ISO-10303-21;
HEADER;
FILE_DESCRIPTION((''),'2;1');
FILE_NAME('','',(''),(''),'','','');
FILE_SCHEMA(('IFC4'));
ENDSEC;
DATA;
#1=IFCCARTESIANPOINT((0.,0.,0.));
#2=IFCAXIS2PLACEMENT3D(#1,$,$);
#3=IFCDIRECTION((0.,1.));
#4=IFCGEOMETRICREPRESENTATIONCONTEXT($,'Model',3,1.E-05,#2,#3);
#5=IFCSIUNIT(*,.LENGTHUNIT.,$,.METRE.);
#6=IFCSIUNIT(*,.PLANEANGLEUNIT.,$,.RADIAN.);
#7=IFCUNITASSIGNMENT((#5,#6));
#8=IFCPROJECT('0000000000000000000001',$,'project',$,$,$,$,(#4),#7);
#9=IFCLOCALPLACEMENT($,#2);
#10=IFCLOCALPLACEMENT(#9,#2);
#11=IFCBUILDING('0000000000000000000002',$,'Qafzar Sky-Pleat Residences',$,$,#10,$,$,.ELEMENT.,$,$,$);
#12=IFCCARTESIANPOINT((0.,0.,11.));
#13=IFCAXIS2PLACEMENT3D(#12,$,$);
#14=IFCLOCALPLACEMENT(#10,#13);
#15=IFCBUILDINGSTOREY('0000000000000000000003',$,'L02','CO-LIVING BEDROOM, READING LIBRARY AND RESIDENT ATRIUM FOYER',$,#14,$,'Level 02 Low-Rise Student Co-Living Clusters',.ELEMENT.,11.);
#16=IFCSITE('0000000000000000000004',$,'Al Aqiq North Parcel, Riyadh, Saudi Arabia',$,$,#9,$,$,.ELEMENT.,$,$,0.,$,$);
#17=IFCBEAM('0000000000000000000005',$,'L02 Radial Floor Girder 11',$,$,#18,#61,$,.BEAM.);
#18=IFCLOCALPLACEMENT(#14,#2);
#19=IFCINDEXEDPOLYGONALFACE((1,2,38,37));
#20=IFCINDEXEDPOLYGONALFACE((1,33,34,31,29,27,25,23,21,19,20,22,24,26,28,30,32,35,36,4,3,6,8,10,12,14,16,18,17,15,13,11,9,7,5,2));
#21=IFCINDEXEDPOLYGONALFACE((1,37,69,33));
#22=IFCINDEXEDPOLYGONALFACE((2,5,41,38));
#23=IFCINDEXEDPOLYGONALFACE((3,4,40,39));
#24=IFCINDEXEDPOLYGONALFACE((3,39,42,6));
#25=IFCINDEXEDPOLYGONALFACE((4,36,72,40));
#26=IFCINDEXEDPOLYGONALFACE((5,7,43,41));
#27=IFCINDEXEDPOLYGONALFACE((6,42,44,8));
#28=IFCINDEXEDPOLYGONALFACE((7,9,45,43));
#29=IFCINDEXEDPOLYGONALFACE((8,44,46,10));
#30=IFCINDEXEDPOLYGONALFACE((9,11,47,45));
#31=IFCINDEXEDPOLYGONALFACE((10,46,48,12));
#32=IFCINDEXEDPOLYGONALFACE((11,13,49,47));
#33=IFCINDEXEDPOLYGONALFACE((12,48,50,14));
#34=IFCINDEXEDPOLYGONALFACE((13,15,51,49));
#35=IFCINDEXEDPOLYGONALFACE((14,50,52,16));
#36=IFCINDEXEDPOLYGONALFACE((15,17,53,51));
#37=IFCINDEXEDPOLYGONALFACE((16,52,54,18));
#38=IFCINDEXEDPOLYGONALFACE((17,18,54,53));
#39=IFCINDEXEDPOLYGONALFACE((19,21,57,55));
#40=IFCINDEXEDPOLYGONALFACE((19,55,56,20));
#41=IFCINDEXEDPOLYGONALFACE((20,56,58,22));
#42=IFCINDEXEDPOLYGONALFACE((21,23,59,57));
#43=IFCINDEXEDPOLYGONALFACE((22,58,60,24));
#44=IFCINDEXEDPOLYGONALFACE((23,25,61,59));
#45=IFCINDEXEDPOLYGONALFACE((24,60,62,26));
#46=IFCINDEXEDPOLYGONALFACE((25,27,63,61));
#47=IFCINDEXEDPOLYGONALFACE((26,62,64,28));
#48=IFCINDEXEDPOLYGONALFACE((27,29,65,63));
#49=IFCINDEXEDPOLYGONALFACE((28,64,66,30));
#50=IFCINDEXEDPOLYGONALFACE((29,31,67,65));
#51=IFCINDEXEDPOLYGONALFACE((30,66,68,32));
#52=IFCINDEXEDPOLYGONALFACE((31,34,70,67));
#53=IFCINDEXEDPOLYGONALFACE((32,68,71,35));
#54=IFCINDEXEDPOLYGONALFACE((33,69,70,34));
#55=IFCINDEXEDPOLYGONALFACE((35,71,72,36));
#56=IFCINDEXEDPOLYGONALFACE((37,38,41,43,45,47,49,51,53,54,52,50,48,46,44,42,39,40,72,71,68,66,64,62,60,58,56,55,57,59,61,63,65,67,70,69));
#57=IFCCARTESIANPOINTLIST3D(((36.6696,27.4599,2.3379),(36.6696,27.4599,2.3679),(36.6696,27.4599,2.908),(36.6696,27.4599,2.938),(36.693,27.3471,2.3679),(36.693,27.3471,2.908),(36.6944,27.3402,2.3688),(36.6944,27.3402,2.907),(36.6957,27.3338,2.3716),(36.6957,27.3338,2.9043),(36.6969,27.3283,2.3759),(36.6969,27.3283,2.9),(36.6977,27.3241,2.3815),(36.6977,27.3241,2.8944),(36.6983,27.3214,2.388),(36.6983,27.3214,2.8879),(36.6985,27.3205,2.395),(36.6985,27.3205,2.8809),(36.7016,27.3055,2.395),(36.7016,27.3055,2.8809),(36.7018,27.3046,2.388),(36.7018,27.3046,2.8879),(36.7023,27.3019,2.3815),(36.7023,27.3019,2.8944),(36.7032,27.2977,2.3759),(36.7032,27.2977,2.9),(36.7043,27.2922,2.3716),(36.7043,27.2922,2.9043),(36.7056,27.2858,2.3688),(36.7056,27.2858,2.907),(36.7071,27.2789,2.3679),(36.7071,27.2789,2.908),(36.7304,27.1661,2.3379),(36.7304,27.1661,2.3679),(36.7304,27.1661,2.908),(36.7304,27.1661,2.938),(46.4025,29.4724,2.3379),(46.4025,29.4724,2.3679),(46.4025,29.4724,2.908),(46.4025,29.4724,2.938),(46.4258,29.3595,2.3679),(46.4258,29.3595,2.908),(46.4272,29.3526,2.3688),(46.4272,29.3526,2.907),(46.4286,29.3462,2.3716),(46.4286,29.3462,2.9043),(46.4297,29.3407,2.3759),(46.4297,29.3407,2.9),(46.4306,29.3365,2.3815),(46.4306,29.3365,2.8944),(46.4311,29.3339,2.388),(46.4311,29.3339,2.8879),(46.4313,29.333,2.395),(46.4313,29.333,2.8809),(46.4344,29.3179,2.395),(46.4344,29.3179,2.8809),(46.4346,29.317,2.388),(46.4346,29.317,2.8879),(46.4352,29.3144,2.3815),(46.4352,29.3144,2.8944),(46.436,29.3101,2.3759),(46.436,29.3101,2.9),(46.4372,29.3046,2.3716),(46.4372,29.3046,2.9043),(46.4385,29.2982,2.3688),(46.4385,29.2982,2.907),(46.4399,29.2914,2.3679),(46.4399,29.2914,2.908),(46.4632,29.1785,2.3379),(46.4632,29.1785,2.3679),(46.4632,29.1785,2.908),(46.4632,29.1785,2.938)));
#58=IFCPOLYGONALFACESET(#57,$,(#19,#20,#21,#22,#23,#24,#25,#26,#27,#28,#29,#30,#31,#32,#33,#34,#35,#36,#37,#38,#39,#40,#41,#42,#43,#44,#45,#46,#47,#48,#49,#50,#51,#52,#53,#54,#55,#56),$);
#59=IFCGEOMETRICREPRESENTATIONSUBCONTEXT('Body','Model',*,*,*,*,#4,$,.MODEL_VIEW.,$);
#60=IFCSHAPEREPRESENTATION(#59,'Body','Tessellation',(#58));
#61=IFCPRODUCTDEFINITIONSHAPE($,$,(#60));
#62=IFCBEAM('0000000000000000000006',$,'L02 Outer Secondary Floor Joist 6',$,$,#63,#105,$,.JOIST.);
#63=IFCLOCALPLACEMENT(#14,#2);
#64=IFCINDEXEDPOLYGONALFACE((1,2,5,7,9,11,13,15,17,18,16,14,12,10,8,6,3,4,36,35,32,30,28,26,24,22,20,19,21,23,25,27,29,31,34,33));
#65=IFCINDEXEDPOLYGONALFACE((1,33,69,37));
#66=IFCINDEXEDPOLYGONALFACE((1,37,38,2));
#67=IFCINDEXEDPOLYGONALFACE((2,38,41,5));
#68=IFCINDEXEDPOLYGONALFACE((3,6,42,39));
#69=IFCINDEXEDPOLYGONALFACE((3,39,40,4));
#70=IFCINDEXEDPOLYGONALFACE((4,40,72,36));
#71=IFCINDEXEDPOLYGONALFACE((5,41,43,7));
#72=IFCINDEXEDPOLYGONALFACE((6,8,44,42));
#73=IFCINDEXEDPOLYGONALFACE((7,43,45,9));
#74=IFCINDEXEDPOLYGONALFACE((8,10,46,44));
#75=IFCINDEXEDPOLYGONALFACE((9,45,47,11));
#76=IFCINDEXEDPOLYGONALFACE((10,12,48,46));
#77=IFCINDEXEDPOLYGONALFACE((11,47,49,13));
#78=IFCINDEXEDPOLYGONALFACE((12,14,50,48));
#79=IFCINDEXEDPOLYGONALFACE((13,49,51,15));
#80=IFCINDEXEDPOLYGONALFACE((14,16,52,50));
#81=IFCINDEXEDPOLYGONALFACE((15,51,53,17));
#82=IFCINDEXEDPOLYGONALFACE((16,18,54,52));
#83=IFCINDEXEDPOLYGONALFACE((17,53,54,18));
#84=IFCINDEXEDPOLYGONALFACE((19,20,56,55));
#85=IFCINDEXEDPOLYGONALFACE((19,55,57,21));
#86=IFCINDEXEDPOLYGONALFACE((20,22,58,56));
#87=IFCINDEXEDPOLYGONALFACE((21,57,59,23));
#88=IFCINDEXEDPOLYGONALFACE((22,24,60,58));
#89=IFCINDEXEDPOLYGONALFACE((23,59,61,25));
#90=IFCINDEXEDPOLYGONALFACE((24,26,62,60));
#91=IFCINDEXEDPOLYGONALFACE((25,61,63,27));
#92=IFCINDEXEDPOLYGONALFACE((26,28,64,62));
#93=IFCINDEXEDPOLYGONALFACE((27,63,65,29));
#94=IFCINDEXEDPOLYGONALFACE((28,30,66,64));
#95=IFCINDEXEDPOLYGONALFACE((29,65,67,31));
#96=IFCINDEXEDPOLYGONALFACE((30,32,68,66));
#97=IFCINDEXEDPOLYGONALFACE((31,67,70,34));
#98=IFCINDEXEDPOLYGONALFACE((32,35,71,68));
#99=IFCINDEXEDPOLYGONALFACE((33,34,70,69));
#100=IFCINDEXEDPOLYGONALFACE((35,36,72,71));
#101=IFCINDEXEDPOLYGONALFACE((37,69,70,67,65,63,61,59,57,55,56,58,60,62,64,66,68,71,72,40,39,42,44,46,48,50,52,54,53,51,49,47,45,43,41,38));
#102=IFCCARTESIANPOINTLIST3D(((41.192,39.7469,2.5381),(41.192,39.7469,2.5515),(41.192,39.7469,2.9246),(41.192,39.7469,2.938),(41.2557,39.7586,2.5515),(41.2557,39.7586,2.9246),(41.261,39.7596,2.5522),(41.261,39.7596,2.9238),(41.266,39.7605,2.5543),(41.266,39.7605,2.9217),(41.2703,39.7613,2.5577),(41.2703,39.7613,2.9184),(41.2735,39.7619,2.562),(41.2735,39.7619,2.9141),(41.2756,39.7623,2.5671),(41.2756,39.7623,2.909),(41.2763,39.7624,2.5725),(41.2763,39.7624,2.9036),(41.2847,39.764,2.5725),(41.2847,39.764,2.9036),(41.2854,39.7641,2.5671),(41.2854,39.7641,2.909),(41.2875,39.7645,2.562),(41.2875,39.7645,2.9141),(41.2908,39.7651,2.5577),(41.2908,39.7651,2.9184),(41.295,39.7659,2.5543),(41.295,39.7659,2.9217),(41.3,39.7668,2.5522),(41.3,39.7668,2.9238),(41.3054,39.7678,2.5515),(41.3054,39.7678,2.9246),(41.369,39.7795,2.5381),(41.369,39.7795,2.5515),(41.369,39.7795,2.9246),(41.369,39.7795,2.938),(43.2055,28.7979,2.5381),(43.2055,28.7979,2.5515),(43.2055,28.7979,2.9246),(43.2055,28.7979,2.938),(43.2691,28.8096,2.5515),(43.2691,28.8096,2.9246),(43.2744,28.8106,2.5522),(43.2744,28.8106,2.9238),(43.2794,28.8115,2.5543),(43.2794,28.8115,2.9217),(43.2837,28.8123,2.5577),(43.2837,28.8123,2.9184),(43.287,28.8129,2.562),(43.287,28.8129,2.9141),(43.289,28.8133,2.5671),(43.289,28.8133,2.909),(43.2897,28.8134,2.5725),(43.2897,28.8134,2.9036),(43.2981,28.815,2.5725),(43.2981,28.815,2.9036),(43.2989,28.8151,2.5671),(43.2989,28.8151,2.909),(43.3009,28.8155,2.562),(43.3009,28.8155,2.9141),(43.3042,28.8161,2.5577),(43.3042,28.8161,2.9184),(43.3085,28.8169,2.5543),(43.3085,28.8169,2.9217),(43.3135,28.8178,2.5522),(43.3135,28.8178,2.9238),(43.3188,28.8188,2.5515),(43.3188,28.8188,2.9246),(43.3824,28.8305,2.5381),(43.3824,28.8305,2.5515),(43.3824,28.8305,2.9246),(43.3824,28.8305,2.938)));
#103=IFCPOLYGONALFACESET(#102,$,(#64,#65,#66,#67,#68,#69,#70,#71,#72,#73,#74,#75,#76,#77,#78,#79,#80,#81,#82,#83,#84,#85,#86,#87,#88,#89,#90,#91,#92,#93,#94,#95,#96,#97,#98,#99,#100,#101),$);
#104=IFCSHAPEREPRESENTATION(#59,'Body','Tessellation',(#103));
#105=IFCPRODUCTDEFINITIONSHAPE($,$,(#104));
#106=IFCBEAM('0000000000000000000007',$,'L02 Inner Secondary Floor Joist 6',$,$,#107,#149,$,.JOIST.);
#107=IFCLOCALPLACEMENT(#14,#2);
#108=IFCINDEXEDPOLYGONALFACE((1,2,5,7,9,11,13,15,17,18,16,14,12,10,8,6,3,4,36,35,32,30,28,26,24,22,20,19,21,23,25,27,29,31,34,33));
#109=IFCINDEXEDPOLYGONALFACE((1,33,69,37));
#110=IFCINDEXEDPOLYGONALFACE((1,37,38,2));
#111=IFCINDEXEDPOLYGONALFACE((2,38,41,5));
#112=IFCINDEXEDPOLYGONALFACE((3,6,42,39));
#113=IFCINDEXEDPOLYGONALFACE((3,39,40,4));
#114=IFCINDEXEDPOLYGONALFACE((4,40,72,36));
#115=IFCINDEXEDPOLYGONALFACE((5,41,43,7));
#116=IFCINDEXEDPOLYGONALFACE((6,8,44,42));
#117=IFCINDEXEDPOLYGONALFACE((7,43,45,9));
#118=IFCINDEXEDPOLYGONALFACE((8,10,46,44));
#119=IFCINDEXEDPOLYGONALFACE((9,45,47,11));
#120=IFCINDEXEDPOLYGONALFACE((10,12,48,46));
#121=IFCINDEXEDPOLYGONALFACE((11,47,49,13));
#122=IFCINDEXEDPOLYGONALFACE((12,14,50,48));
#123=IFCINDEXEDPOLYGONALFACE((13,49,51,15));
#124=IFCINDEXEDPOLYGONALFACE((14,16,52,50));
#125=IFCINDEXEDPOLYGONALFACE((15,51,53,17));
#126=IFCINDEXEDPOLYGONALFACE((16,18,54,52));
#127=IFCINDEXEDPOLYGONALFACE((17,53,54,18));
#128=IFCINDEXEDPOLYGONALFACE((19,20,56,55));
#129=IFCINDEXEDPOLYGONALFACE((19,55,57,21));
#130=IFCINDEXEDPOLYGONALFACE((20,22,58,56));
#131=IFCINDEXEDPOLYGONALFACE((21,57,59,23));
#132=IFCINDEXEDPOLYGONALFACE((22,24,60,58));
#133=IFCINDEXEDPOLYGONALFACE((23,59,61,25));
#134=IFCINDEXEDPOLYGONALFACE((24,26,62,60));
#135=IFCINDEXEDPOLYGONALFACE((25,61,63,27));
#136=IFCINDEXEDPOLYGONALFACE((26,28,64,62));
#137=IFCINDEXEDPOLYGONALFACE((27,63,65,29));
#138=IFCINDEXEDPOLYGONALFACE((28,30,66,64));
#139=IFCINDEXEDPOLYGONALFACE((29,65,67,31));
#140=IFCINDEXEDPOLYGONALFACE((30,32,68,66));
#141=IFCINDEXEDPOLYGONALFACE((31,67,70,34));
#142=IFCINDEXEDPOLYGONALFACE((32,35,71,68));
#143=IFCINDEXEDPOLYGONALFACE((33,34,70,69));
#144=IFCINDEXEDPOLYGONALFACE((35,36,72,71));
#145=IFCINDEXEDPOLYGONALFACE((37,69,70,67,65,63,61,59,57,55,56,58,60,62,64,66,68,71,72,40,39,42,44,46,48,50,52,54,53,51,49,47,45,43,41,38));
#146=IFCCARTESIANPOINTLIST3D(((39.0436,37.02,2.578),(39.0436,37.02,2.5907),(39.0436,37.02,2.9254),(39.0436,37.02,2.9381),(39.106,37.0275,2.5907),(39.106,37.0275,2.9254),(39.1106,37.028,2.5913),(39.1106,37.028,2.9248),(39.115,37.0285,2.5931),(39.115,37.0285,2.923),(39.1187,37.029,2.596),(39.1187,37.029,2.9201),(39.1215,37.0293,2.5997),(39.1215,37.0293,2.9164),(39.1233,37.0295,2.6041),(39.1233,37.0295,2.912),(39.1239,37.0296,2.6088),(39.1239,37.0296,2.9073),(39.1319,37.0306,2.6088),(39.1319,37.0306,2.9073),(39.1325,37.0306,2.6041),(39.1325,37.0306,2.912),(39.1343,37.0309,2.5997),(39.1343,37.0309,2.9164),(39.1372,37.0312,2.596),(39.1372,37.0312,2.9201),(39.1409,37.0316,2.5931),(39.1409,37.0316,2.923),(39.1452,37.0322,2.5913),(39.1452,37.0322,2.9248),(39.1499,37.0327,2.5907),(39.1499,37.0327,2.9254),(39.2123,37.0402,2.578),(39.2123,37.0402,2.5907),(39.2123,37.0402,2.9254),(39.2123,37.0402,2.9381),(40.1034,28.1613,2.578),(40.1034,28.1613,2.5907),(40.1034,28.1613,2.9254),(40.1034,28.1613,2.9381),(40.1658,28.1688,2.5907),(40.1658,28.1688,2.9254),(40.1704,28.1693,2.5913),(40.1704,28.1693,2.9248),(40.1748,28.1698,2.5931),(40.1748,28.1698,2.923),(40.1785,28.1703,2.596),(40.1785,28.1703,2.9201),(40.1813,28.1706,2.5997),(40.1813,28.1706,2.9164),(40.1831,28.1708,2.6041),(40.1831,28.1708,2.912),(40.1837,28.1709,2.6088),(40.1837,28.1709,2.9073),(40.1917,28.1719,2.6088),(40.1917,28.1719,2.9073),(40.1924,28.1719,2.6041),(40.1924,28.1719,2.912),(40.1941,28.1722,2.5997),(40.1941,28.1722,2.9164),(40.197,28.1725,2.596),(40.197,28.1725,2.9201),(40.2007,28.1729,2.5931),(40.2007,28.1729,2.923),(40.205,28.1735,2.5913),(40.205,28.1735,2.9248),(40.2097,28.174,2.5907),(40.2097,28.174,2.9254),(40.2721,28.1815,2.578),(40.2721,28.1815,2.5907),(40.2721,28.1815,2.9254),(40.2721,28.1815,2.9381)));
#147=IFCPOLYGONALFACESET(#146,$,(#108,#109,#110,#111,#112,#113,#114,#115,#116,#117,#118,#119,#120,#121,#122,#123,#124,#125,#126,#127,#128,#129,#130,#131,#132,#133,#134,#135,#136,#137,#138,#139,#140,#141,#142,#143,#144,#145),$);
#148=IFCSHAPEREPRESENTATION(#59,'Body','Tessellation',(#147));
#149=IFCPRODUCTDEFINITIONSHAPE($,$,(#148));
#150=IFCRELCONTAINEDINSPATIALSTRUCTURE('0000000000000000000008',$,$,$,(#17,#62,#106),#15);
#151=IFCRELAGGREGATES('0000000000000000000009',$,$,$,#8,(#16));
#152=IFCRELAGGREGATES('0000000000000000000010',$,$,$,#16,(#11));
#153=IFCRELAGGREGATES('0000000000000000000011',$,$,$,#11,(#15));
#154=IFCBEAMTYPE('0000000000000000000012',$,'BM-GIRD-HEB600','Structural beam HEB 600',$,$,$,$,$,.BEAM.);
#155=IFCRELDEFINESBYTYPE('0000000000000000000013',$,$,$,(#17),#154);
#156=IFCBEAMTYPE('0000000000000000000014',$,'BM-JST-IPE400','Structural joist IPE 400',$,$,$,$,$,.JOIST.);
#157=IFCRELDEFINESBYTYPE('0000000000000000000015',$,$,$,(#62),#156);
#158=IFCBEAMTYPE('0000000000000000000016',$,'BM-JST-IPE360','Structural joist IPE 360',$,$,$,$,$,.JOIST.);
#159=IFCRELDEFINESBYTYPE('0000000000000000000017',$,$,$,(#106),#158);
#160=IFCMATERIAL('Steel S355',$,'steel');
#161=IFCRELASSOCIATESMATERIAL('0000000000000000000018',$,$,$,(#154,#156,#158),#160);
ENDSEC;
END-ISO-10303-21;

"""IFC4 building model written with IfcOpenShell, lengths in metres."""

from ifc_helpers import new_model, si_unit, direction, frame, origin, origin_2d, place, context, subcontext, project, spatial, i_section, extrude, source, transform, mapped, material, material_profile, profile_set, type_object, element, save


model = new_model("IFC4")

# Units and contexts
model_context = context("Model", 3, precision=1e-05, world=origin(), true_north=direction((0.0, 1.0)))
body_context = subcontext(model_context, "Body", "Model", "MODEL_VIEW")
ifc_project = project(units=[si_unit("LENGTHUNIT", "METRE"), si_unit("PLANEANGLEUNIT", "RADIAN")], contexts=[model_context])

# Site, building, storey
site_placement = place(None, origin())
site = spatial("IfcSite", under=ifc_project, at=site_placement, Name="Al Aqiq North Parcel, Riyadh, Saudi Arabia", CompositionType="ELEMENT", RefElevation=0.0)
building_placement = place(site_placement, origin())
building = spatial("IfcBuilding", under=site, at=building_placement, Name="Qafzar Sky-Pleat Residences", CompositionType="ELEMENT")
storey_placement = place(building_placement, frame((0.0, 0.0, 11.0)))
storey = spatial("IfcBuildingStorey", under=building, at=storey_placement, Name="L02", Description="CO-LIVING BEDROOM, READING LIBRARY AND RESIDENT ATRIUM FOYER", LongName="Level 02 Low-Rise Student Co-Living Clusters", CompositionType="ELEMENT", Elevation=11.0)

# Beams
ifc_material_1 = material(Name="Steel S355", Category="steel")
ifc_material_profile_1 = material_profile(ifc_material_1, i_section(OverallWidth=0.3, OverallDepth=0.6001, WebThickness=0.0154, FlangeThickness=0.03, FilletRadius=0.0271, at=origin_2d()), Name="HEB 600")
ifc_profile_set_1 = profile_set([ifc_material_profile_1], Name="Steel S355")
beam_type_1 = type_object("IfcBeamType", Name="BM-GIRD-HEB600", Description="Structural beam HEB 600", PredefinedType="BEAM", material=ifc_profile_set_1)
shared_shape_1 = source(origin(), body_context, "Body", "SweptSolid", [
    extrude(i_section(OverallWidth=0.3, OverallDepth=0.6001, WebThickness=0.0154, FlangeThickness=0.03, FilletRadius=0.0271, at=origin_2d()), origin(), (0.0, 0.0, 1.0), 9.9387),
])
beam_1_placement = place(storey_placement, frame((46.4329, 29.3254, 2.6379), z_axis=(-0.979285, -0.202485, 0.0), x_axis=(0.202485, -0.979285, 0.0)))
element("IfcBeam", 1, at=beam_1_placement, inside=storey, type_object=beam_type_1, Name="L02 Radial Floor Girder 11", PredefinedType="BEAM", context=body_context, shape_type="MappedRepresentation", body=[
    mapped(shared_shape_1, transform((0.0, 0.0, 0.0), x_axis=(1.0, 0.0, 0.0), y_axis=(0.0, 1.0, 0.0), z_axis=(0.0, 0.0, 1.0), scale=1.0)),
])
ifc_material_profile_2 = material_profile(ifc_material_1, i_section(OverallWidth=0.1799, OverallDepth=0.3999, WebThickness=0.0085, FlangeThickness=0.0134, FilletRadius=0.021, at=origin_2d()), Name="IPE 400")
ifc_profile_set_2 = profile_set([ifc_material_profile_2], Name="Steel S355")
beam_type_2 = type_object("IfcBeamType", Name="BM-JST-IPE400", Description="Structural joist IPE 400", PredefinedType="JOIST", material=ifc_profile_set_2)
shared_shape_2 = source(origin(), body_context, "Body", "SweptSolid", [
    extrude(i_section(OverallWidth=0.1799, OverallDepth=0.3999, WebThickness=0.0085, FlangeThickness=0.0134, FilletRadius=0.021, at=origin_2d()), origin(), (0.0, 0.0, 1.0), 11.1326),
])
beam_2_placement = place(storey_placement, frame((43.2939, 28.8142, 2.738), z_axis=(-0.180859, 0.983509, 0.0), x_axis=(-0.983509, -0.180859, 0.0)))
element("IfcBeam", 2, at=beam_2_placement, inside=storey, type_object=beam_type_2, Name="L02 Outer Secondary Floor Joist 6", PredefinedType="JOIST", context=body_context, shape_type="MappedRepresentation", body=[
    mapped(shared_shape_2, transform((0.0, 0.0, 0.0), x_axis=(1.0, 0.0, 0.0), y_axis=(0.0, 1.0, 0.0), z_axis=(0.0, 0.0, 1.0), scale=1.0)),
])
ifc_material_profile_3 = material_profile(ifc_material_1, i_section(OverallWidth=0.1699, OverallDepth=0.3601, WebThickness=0.0081, FlangeThickness=0.0127, FilletRadius=0.0181, at=origin_2d()), Name="IPE 360")
ifc_profile_set_3 = profile_set([ifc_material_profile_3], Name="Steel S355")
beam_type_3 = type_object("IfcBeamType", Name="BM-JST-IPE360", Description="Structural joist IPE 360", PredefinedType="JOIST", material=ifc_profile_set_3)
shared_shape_3 = source(origin(), body_context, "Body", "SweptSolid", [
    extrude(i_section(OverallWidth=0.1699, OverallDepth=0.3601, WebThickness=0.0081, FlangeThickness=0.0127, FilletRadius=0.0181, at=origin_2d()), origin(), (0.0, 0.0, 1.0), 8.9219),
])
beam_3_placement = place(storey_placement, frame((40.1877, 28.1714, 2.7581), z_axis=(-0.118789, 0.99292, 0.0), x_axis=(-0.99292, -0.118789, 0.0)))
element("IfcBeam", 3, at=beam_3_placement, inside=storey, type_object=beam_type_3, Name="L02 Inner Secondary Floor Joist 6", PredefinedType="JOIST", context=body_context, shape_type="MappedRepresentation", body=[
    mapped(shared_shape_3, transform((0.0, 0.0, 0.0), x_axis=(1.0, 0.0, 0.0), y_axis=(0.0, 1.0, 0.0), z_axis=(0.0, 0.0, 1.0), scale=1.0)),
])

save(model, "model.ifc")
